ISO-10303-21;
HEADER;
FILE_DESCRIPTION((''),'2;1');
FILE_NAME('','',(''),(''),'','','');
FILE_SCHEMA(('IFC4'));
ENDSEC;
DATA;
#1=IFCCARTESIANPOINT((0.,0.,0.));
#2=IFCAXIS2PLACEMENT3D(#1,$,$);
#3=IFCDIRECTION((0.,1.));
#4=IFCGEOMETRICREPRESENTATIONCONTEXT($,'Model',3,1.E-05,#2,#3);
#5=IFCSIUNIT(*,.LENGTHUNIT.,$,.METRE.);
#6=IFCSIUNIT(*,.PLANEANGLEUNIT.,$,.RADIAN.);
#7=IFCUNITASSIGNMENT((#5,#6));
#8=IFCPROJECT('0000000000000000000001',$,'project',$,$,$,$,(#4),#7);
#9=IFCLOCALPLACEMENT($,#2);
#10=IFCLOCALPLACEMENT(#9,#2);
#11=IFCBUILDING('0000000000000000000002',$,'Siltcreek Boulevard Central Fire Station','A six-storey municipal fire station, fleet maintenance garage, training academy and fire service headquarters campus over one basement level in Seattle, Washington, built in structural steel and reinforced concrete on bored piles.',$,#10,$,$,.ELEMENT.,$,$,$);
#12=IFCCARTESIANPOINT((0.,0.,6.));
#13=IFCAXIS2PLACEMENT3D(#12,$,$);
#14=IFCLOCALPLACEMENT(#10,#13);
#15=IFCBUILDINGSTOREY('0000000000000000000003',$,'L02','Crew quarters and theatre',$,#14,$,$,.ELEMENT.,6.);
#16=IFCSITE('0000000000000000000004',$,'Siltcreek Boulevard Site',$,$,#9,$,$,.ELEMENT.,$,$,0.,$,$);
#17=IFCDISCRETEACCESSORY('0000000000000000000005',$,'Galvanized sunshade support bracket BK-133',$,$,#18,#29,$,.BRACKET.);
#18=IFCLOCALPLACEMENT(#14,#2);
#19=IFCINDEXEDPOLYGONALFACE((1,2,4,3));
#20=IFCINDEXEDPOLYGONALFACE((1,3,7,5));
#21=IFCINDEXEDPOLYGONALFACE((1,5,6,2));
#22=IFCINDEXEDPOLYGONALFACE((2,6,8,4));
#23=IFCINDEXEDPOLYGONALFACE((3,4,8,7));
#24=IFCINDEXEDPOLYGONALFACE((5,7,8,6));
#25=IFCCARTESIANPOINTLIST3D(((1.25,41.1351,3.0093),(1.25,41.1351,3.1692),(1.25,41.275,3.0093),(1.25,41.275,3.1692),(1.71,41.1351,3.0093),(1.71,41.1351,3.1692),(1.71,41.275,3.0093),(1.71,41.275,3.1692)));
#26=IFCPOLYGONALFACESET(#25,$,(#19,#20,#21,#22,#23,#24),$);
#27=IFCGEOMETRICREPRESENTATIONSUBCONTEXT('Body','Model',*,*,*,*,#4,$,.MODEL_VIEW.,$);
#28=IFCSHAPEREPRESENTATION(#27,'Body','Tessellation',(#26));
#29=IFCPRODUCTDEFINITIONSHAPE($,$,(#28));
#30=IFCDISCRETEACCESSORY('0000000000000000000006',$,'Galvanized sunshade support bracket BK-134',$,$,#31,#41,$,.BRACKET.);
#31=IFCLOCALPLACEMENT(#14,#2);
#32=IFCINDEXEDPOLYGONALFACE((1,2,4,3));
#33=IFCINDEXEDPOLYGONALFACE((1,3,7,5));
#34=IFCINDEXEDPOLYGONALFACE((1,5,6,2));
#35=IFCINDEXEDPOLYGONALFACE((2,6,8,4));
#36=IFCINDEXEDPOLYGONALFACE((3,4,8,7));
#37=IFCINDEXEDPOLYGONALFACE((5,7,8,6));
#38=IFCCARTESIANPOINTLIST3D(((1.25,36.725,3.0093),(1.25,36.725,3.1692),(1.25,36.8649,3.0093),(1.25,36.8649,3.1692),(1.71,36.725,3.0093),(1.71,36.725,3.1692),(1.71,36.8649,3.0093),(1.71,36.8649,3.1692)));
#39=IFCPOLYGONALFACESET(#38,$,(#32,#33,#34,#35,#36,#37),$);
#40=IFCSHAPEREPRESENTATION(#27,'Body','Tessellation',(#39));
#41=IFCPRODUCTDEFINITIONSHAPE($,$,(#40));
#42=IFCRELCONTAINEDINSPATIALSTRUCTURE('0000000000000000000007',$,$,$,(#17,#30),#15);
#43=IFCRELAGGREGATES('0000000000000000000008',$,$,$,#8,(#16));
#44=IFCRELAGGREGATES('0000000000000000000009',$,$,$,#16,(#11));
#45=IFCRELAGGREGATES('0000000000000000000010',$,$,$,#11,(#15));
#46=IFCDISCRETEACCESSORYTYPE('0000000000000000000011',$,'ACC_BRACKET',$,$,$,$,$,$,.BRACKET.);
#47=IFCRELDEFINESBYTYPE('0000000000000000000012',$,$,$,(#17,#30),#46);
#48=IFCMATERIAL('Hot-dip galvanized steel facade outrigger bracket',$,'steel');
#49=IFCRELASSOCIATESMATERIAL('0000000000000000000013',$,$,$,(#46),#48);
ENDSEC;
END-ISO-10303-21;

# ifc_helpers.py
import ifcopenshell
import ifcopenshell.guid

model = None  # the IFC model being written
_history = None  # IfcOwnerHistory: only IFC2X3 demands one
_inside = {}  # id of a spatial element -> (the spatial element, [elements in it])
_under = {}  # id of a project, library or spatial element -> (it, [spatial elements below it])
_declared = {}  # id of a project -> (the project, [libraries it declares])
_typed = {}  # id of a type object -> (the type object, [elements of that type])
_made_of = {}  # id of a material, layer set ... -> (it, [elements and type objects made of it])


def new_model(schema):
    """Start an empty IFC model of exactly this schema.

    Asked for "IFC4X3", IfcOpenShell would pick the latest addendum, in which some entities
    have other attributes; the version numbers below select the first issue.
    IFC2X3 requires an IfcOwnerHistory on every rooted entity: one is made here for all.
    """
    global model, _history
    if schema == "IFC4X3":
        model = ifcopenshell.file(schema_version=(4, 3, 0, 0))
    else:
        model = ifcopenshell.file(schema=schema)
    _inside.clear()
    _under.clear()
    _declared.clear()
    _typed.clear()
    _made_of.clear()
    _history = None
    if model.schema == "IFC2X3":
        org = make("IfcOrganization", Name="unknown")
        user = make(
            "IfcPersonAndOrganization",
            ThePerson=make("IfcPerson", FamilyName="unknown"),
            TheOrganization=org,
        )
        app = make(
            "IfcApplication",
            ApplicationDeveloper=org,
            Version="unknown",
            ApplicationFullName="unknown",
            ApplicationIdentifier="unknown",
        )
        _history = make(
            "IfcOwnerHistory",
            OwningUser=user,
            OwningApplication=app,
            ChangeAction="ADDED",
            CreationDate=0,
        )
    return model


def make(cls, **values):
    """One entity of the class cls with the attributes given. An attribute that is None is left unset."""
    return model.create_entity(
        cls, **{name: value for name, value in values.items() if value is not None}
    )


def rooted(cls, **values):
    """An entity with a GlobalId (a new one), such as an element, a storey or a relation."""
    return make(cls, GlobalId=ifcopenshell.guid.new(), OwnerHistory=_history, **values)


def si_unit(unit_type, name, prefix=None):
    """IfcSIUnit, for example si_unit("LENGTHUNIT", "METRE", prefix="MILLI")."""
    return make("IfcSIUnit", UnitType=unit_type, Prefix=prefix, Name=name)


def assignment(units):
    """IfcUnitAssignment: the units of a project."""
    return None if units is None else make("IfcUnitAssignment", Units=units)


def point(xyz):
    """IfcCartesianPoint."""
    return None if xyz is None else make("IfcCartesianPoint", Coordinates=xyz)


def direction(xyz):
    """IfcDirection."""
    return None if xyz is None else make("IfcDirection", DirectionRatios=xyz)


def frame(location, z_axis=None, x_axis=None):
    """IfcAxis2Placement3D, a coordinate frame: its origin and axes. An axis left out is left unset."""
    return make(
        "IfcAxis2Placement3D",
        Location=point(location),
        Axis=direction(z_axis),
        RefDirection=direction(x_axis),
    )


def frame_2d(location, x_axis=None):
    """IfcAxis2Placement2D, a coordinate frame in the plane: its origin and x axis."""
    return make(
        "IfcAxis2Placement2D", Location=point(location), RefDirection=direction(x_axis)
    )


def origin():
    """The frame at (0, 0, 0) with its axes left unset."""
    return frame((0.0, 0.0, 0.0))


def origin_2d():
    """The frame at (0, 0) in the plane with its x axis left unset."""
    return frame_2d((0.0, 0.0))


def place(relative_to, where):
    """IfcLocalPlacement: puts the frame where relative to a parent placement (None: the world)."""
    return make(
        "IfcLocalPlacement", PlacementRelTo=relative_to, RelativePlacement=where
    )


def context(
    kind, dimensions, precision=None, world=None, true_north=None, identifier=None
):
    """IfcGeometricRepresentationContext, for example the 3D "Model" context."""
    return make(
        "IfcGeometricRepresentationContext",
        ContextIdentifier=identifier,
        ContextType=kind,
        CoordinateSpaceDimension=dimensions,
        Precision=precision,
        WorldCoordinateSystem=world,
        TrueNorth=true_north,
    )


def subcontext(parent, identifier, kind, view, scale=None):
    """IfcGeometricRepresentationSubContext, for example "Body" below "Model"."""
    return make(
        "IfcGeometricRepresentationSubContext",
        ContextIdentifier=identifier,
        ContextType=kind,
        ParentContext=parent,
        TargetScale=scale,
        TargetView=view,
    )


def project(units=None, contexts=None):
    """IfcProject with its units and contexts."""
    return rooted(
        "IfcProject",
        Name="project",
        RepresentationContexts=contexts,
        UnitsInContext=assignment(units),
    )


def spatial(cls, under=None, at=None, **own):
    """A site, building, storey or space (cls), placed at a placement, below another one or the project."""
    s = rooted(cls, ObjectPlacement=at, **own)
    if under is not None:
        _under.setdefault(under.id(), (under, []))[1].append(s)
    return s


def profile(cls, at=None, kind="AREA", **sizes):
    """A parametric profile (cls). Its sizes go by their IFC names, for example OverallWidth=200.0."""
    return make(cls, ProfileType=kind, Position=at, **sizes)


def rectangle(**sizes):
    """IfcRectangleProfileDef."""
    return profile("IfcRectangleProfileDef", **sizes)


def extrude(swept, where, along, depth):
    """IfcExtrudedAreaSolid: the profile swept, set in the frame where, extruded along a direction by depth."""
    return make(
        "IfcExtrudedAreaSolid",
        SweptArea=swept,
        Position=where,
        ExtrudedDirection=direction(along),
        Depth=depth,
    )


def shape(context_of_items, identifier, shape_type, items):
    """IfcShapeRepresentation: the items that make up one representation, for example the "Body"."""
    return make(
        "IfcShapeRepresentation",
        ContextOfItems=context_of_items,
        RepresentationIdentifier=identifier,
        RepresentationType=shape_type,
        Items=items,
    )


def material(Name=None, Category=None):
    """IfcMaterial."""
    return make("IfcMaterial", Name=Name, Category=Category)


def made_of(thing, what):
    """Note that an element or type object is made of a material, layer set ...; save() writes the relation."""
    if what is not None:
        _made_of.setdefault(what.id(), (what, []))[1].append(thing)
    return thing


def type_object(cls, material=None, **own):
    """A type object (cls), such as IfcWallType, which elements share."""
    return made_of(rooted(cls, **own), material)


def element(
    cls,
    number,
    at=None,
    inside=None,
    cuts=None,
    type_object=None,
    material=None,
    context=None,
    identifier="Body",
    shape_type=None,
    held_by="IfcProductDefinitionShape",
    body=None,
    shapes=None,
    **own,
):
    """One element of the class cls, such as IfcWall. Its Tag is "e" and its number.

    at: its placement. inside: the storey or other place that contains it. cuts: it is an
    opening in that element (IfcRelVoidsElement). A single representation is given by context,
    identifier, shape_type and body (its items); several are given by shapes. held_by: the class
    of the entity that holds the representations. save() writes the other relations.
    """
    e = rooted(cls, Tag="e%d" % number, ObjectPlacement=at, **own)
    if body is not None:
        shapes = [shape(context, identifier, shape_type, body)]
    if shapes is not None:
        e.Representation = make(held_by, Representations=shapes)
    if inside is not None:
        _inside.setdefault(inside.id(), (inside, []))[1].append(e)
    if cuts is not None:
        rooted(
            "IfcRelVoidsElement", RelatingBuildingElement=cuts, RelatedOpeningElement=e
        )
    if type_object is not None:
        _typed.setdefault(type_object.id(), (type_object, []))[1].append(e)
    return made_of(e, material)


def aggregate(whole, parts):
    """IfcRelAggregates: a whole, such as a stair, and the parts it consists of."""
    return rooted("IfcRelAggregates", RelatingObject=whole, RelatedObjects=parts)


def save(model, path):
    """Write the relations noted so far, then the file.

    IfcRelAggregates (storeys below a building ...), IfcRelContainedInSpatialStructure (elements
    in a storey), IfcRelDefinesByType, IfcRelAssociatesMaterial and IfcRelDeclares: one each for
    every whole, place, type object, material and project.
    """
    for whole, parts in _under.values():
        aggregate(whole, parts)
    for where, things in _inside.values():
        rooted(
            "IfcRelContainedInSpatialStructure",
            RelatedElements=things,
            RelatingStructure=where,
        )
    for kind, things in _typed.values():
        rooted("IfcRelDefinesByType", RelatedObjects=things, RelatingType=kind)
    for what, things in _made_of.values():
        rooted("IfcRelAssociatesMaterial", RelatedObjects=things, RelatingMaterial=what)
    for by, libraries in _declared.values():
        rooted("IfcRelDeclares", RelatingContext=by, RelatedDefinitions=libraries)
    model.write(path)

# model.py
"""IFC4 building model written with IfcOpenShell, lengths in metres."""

from ifc_helpers import new_model, si_unit, direction, frame, origin, origin_2d, place, context, subcontext, project, spatial, rectangle, extrude, material, type_object, element, save


model = new_model("IFC4")

# Units and contexts
model_context = context("Model", 3, precision=1e-05, world=origin(), true_north=direction((0.0, 1.0)))
body_context = subcontext(model_context, "Body", "Model", "MODEL_VIEW")
ifc_project = project(units=[si_unit("LENGTHUNIT", "METRE"), si_unit("PLANEANGLEUNIT", "RADIAN")], contexts=[model_context])

# Site, building, storey
site_placement = place(None, origin())
site = spatial("IfcSite", under=ifc_project, at=site_placement, Name="Siltcreek Boulevard Site", CompositionType="ELEMENT", RefElevation=0.0)
building_placement = place(site_placement, origin())
building = spatial("IfcBuilding", under=site, at=building_placement, Name="Siltcreek Boulevard Central Fire Station", Description="A six-storey municipal fire station, fleet maintenance garage, training academy and fire service headquarters campus over one basement level in Seattle, Washington, built in structural steel and reinforced concrete on bored piles.", CompositionType="ELEMENT")
storey_placement = place(building_placement, frame((0.0, 0.0, 6.0)))
storey = spatial("IfcBuildingStorey", under=building, at=storey_placement, Name="L02", Description="Crew quarters and theatre", CompositionType="ELEMENT", Elevation=6.0)

# Discrete accessories
ifc_material_1 = material(Name="Hot-dip galvanized steel facade outrigger bracket", Category="steel")
discrete_accessory_type = type_object("IfcDiscreteAccessoryType", Name="ACC_BRACKET", PredefinedType="BRACKET", material=ifc_material_1)
for number, where, z_axis, x_axis, name in (
    (1, (1.48, 41.2051, 3.0093), (0.0, 0.0, 1.0), (0.0, -1.0, 0.0), "Galvanized sunshade support bracket BK-133"),
    (2, (1.48, 36.7949, 3.0093), (0.0, 0.0, 1.0), (0.0, -1.0, 0.0), "Galvanized sunshade support bracket BK-134"),
):
    element("IfcDiscreteAccessory", number, at=place(storey_placement, frame(where, z_axis=z_axis, x_axis=x_axis)), inside=storey, type_object=discrete_accessory_type, Name=name, PredefinedType="BRACKET", context=body_context, shape_type="SweptSolid", body=[
        extrude(rectangle(XDim=0.1399, YDim=0.46, at=origin_2d()), origin(), (0.0, 0.0, 1.0), 0.1599),
    ])

save(model, "model.ifc")
